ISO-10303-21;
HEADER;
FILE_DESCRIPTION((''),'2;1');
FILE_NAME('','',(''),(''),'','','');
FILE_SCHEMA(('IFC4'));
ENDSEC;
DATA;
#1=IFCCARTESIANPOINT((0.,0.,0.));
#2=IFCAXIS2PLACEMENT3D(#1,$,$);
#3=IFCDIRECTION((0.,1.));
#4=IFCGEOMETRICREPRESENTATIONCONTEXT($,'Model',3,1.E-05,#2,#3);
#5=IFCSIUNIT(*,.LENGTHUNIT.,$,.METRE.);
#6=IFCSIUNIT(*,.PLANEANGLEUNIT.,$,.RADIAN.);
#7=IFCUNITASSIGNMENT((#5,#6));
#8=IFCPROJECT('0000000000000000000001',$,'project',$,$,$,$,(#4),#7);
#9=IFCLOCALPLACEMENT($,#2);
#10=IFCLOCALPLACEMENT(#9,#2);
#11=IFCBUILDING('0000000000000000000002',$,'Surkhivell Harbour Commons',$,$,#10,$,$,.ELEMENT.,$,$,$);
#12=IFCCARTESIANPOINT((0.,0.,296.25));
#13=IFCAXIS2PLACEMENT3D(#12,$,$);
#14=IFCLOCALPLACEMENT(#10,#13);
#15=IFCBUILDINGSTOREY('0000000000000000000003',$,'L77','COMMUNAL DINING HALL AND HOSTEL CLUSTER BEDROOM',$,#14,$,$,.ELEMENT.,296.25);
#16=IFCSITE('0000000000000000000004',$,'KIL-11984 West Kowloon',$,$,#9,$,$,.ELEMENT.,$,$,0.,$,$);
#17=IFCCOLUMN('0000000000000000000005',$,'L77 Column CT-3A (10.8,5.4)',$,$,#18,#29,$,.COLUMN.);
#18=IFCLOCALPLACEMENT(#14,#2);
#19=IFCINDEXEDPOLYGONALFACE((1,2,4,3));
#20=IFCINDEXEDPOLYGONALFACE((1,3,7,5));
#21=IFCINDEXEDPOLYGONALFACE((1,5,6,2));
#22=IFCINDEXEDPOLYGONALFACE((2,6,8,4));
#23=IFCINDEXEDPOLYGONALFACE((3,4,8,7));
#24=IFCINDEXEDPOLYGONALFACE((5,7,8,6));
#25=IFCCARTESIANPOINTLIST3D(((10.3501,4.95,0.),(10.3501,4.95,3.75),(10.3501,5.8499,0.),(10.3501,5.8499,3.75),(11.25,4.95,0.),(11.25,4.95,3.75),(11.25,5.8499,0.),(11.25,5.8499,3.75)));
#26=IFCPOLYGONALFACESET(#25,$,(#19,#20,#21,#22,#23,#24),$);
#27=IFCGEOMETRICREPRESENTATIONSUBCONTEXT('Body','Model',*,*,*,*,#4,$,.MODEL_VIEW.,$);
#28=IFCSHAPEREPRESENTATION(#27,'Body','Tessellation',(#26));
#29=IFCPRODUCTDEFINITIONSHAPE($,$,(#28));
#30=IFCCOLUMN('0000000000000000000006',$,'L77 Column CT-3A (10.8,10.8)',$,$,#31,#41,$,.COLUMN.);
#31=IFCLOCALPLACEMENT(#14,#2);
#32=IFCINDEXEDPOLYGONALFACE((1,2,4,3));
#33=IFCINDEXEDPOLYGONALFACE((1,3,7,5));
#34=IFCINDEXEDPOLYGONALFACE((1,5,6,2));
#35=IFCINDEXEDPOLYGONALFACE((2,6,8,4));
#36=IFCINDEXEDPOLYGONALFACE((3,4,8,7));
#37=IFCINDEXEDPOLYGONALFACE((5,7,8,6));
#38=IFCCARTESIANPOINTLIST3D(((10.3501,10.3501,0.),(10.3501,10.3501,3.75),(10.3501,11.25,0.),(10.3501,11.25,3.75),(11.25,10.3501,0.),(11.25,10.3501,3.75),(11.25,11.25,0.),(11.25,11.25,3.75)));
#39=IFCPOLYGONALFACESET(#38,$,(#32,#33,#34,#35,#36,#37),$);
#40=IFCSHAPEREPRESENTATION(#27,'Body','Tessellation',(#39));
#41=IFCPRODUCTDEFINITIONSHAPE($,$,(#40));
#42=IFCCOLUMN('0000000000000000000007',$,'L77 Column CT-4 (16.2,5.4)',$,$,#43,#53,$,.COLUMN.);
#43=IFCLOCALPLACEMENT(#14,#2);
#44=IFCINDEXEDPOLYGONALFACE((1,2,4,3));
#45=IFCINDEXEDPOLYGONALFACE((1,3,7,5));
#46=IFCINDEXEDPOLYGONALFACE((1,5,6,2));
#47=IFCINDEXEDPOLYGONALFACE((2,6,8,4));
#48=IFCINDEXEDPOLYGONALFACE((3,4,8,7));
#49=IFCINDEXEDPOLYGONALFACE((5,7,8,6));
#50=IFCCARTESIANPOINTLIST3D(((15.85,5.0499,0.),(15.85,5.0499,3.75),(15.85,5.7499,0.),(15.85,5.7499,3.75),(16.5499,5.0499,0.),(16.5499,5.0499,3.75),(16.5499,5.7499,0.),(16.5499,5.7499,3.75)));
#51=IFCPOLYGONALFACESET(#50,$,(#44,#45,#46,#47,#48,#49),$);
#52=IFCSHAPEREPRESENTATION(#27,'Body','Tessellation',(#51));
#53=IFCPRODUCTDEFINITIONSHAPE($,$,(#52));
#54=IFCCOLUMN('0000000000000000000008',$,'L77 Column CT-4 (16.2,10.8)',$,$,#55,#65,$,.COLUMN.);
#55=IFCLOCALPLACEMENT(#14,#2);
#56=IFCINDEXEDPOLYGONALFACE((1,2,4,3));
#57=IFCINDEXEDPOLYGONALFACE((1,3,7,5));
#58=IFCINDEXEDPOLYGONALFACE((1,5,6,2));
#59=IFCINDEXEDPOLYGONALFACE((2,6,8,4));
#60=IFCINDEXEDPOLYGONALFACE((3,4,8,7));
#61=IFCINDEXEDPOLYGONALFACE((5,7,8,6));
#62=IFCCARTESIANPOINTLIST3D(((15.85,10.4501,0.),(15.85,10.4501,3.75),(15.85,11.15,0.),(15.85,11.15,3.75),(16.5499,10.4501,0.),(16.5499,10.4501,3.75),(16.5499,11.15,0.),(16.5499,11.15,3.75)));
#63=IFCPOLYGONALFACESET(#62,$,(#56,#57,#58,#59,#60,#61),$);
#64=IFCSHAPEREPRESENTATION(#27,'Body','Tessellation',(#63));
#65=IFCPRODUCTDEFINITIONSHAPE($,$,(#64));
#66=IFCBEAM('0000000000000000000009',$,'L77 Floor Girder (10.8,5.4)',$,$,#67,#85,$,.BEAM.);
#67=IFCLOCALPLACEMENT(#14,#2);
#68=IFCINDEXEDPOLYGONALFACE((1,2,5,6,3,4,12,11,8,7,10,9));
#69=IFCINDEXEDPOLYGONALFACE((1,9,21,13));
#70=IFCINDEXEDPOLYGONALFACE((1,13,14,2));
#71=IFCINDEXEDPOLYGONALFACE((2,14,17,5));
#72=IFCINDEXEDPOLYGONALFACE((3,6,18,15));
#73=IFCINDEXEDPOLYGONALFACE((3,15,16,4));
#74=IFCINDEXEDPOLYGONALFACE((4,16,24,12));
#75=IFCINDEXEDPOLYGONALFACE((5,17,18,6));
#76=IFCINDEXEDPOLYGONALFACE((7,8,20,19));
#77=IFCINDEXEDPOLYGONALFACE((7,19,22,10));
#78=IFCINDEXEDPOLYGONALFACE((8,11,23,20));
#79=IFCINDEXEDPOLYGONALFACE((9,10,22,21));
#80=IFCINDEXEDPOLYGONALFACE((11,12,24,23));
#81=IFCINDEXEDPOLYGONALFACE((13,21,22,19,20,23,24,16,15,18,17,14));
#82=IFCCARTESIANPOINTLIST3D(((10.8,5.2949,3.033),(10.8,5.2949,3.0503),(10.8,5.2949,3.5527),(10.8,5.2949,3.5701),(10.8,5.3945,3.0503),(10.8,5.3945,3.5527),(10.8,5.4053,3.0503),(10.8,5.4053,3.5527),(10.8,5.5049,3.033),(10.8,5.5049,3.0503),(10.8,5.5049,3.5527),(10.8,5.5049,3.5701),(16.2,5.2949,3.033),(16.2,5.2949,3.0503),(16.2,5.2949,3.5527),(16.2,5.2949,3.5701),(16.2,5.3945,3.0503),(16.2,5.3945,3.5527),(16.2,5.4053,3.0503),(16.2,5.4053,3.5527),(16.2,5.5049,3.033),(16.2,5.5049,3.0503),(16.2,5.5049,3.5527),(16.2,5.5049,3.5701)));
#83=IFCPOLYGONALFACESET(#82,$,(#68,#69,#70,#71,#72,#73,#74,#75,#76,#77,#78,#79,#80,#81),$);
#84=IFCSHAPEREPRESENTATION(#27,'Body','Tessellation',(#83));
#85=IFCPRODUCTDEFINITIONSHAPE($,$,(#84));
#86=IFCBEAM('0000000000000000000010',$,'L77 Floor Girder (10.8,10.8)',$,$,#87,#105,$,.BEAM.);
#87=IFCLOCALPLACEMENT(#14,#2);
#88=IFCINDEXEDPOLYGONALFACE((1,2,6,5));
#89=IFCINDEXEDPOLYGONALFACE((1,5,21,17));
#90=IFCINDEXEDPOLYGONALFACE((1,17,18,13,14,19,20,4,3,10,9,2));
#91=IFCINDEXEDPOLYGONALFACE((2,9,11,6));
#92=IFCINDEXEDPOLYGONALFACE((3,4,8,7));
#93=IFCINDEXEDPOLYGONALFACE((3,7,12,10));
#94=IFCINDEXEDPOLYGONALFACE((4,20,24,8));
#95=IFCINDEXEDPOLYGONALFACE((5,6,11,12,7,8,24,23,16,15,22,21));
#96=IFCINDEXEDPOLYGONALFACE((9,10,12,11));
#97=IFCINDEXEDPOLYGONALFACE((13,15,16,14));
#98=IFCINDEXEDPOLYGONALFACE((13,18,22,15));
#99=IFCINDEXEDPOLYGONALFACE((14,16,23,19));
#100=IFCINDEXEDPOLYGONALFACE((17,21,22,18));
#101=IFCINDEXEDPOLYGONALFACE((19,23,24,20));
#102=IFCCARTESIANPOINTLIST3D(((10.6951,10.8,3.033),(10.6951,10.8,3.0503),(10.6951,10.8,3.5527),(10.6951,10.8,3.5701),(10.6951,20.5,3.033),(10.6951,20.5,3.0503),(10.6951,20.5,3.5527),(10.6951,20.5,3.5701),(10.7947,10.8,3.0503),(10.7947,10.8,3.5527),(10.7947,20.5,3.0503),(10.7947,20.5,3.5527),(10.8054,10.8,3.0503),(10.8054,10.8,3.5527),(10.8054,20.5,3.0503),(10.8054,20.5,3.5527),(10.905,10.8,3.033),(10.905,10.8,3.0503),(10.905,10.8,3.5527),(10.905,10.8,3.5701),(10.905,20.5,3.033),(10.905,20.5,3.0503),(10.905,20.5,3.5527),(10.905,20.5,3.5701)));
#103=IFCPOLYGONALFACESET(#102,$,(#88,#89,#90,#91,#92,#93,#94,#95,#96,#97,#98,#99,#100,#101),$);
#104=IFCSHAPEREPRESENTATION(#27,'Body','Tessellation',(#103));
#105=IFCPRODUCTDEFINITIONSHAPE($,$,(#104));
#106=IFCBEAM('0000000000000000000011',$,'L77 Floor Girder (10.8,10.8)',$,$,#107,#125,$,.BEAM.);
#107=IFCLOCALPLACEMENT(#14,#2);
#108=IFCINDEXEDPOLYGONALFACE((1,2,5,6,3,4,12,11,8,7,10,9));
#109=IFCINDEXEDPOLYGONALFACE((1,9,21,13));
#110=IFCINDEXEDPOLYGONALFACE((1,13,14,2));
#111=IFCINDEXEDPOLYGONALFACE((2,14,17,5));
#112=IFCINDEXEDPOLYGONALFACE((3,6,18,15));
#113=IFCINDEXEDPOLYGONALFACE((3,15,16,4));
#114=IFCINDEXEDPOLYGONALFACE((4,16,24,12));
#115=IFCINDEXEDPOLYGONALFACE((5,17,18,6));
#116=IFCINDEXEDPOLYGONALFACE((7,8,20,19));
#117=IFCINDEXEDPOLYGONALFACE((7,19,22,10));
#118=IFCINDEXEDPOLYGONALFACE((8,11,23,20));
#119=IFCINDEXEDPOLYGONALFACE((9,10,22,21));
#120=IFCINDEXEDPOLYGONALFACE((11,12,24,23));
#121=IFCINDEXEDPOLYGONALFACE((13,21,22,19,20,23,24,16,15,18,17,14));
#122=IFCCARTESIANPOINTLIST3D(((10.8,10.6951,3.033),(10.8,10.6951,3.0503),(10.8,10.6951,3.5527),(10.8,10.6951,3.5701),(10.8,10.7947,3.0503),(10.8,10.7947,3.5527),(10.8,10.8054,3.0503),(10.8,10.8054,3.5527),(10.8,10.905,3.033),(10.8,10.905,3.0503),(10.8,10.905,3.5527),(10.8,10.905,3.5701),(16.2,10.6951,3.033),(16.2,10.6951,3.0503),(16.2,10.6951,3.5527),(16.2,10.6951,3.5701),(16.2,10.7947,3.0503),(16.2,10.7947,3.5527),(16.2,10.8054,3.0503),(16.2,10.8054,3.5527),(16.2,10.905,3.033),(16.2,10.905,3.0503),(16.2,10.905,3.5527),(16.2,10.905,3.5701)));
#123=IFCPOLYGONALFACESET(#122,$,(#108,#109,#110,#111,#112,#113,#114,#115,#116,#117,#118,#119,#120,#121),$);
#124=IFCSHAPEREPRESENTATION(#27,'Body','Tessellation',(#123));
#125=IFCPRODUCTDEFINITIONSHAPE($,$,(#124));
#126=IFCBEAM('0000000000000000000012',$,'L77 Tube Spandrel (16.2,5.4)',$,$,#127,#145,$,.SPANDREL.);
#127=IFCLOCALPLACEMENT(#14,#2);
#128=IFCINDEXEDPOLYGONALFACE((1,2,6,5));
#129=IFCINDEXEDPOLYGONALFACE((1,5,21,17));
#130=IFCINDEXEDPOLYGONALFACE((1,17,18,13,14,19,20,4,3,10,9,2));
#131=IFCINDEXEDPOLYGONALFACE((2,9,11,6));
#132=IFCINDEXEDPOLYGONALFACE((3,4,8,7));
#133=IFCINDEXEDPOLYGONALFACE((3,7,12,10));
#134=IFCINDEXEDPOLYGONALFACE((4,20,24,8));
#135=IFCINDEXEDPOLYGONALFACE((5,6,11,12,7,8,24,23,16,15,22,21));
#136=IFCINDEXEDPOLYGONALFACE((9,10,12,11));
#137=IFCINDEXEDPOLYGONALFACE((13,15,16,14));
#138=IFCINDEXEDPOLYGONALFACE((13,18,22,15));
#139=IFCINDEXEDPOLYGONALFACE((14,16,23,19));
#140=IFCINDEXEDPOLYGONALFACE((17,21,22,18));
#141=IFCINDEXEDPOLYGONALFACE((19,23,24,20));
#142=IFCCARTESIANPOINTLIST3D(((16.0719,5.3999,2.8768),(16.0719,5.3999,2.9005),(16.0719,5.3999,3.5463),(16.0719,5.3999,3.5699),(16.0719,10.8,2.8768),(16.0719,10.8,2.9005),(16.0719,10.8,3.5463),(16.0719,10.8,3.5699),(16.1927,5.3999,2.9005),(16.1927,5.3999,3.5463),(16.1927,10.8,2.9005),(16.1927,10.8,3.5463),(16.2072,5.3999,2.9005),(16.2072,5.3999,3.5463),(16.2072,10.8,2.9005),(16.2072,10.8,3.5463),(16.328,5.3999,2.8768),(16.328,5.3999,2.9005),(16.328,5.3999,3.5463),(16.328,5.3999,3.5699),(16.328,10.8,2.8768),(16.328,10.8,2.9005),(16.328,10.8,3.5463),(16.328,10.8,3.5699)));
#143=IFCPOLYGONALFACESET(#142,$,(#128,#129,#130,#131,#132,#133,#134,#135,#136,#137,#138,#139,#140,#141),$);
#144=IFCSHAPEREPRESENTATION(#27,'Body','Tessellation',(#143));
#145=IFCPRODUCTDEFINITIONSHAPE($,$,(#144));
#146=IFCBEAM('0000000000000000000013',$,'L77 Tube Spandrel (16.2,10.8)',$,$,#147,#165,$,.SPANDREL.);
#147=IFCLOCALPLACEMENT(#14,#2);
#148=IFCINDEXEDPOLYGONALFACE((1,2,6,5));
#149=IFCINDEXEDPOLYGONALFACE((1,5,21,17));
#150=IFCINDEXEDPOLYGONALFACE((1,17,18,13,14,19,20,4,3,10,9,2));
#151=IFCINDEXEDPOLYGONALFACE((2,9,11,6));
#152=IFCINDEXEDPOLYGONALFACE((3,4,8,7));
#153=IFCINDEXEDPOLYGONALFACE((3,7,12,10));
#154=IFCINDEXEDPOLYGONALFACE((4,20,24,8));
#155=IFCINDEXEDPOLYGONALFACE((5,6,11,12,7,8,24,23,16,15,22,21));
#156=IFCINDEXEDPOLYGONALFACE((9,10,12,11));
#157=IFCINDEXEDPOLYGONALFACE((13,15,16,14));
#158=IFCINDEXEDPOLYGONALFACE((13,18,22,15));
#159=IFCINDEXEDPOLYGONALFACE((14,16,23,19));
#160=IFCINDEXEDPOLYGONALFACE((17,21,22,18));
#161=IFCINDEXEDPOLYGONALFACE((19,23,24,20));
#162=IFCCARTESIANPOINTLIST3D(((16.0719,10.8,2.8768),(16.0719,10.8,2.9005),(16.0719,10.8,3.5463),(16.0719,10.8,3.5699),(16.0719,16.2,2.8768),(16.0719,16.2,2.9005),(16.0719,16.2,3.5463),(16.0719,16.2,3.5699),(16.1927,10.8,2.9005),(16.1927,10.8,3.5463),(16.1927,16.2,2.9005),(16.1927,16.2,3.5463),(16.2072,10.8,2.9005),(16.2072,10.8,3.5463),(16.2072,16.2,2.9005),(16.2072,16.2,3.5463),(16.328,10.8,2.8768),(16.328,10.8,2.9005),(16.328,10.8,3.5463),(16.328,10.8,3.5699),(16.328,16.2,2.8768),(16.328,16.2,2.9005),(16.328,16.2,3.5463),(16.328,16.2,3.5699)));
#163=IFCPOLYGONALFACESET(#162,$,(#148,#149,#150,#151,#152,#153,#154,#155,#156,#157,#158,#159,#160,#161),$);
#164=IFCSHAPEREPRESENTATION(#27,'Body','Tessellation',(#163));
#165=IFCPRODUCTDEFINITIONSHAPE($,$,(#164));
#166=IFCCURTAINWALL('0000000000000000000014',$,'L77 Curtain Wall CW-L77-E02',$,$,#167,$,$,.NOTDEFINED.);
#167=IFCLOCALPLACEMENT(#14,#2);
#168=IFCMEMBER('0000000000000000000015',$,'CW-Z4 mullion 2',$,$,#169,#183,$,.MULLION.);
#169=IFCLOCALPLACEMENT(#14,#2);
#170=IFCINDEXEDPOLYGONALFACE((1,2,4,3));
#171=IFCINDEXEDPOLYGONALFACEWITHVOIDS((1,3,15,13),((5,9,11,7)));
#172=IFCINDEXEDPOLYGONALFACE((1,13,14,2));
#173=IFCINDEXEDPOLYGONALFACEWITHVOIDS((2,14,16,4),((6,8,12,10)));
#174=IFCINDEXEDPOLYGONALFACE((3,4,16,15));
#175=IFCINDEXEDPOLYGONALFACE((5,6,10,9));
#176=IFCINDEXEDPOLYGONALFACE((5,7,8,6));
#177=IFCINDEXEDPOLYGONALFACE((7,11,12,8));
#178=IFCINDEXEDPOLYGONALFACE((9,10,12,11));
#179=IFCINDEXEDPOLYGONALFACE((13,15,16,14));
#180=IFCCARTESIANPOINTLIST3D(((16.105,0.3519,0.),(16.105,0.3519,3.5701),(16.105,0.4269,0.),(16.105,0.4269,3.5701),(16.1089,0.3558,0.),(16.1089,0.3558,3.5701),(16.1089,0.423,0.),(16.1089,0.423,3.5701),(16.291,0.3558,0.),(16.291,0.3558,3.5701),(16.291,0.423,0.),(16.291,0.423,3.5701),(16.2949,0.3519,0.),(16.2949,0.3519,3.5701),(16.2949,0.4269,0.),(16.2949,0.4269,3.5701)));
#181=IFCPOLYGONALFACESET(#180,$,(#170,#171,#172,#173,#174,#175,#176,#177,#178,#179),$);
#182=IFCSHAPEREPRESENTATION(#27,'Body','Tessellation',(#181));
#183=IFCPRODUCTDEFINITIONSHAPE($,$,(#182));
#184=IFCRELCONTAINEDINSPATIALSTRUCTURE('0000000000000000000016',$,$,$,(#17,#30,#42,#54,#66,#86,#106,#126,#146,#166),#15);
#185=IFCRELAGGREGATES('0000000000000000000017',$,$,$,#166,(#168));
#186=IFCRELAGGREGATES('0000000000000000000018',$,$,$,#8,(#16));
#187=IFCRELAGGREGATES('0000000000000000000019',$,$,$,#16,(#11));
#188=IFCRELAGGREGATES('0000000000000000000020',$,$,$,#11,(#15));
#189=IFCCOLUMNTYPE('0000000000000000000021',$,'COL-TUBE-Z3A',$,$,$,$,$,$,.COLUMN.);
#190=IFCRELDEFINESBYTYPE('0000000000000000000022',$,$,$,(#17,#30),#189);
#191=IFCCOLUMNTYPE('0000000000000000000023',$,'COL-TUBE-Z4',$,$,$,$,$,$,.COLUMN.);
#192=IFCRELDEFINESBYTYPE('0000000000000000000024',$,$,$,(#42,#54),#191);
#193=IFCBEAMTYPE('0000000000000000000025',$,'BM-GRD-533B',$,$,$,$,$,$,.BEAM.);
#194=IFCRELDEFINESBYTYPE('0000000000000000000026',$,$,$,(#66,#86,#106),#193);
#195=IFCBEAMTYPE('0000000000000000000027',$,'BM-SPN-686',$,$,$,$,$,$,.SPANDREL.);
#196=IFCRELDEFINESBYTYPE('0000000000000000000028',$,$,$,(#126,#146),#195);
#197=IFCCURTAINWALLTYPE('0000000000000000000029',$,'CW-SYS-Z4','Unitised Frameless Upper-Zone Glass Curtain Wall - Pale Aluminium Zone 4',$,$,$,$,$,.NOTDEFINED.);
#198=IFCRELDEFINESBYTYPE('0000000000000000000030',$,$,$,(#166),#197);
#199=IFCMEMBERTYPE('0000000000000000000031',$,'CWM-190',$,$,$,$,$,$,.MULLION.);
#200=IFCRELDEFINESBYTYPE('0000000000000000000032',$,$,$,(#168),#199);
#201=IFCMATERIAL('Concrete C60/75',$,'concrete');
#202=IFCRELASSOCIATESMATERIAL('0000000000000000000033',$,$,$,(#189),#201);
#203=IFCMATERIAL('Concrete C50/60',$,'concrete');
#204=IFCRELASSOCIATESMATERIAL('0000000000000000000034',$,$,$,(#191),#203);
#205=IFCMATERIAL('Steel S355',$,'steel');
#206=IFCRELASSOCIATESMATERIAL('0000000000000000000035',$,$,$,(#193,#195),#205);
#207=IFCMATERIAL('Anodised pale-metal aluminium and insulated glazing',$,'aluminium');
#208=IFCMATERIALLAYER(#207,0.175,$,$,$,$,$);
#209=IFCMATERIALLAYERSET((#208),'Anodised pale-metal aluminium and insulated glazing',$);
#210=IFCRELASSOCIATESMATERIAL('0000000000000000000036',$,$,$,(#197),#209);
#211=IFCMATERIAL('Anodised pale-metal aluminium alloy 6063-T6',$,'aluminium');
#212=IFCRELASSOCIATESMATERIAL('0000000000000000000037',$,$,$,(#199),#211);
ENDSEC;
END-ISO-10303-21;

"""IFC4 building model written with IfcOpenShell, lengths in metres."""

from ifc_helpers import new_model, si_unit, direction, frame, origin, origin_2d, place, context, subcontext, project, spatial, rectangle, hollow_rectangle, i_section, extrude, material, layer, layer_set, material_profile, profile_set, type_object, element, aggregate, save


model = new_model("IFC4")

# Units and contexts
model_context = context("Model", 3, precision=1e-05, world=origin(), true_north=direction((0.0, 1.0)))
body_context = subcontext(model_context, "Body", "Model", "MODEL_VIEW")
ifc_project = project(units=[si_unit("LENGTHUNIT", "METRE"), si_unit("PLANEANGLEUNIT", "RADIAN")], contexts=[model_context])

# Site, building, storey
site_placement = place(None, origin())
site = spatial("IfcSite", under=ifc_project, at=site_placement, Name="KIL-11984 West Kowloon", CompositionType="ELEMENT", RefElevation=0.0)
building_placement = place(site_placement, origin())
building = spatial("IfcBuilding", under=site, at=building_placement, Name="Surkhivell Harbour Commons", CompositionType="ELEMENT")
storey_placement = place(building_placement, frame((0.0, 0.0, 296.25)))
storey = spatial("IfcBuildingStorey", under=building, at=storey_placement, Name="L77", Description="COMMUNAL DINING HALL AND HOSTEL CLUSTER BEDROOM", CompositionType="ELEMENT", Elevation=296.25)

# Columns
ifc_material_1 = material(Name="Concrete C60/75", Category="concrete")
ifc_material_profile_1 = material_profile(ifc_material_1, rectangle(XDim=0.8999, YDim=0.8999, at=origin_2d()), Name="RC-COL-900x900")
ifc_profile_set_1 = profile_set([ifc_material_profile_1], Name="Concrete C60/75")
column_type_1 = type_object("IfcColumnType", Name="COL-TUBE-Z3A", PredefinedType="COLUMN", material=ifc_profile_set_1)
for number, where, z_axis, x_axis, name in (
    (1, (10.8, 5.3999, 0.0), (0.0, 0.0, 1.0), (1.0, 0.0, 0.0), "L77 Column CT-3A (10.8,5.4)"),
    (2, (10.8, 10.8, 0.0), (0.0, 0.0, 1.0), (1.0, 0.0, 0.0), "L77 Column CT-3A (10.8,10.8)"),
):
    element("IfcColumn", number, at=place(storey_placement, frame(where, z_axis=z_axis, x_axis=x_axis)), inside=storey, type_object=column_type_1, Name=name, PredefinedType="COLUMN", context=body_context, shape_type="SweptSolid", body=[
        extrude(rectangle(XDim=0.8999, YDim=0.8999, at=origin_2d()), origin(), (0.0, 0.0, 1.0), 3.75),
    ])
ifc_material_2 = material(Name="Concrete C50/60", Category="concrete")
ifc_material_profile_2 = material_profile(ifc_material_2, rectangle(XDim=0.7, YDim=0.7, at=origin_2d()), Name="RC-COL-700x700")
ifc_profile_set_2 = profile_set([ifc_material_profile_2], Name="Concrete C50/60")
column_type_2 = type_object("IfcColumnType", Name="COL-TUBE-Z4", PredefinedType="COLUMN", material=ifc_profile_set_2)
for number, where, z_axis, x_axis, name in (
    (3, (16.2, 5.3999, 0.0), (0.0, 0.0, 1.0), (1.0, 0.0, 0.0), "L77 Column CT-4 (16.2,5.4)"),
    (4, (16.2, 10.8, 0.0), (0.0, 0.0, 1.0), (1.0, 0.0, 0.0), "L77 Column CT-4 (16.2,10.8)"),
):
    element("IfcColumn", number, at=place(storey_placement, frame(where, z_axis=z_axis, x_axis=x_axis)), inside=storey, type_object=column_type_2, Name=name, PredefinedType="COLUMN", context=body_context, shape_type="SweptSolid", body=[
        extrude(rectangle(XDim=0.7, YDim=0.7, at=origin_2d()), origin(), (0.0, 0.0, 1.0), 3.75),
    ])

# Beams
ifc_material_3 = material(Name="Steel S355", Category="steel")
ifc_material_profile_3 = material_profile(ifc_material_3, i_section(OverallWidth=0.21, OverallDepth=0.5371, WebThickness=0.0107, FlangeThickness=0.0173, at=origin_2d()), Name="UB533x210x101")
ifc_profile_set_3 = profile_set([ifc_material_profile_3], Name="Steel S355")
beam_type_1 = type_object("IfcBeamType", Name="BM-GRD-533B", PredefinedType="BEAM", material=ifc_profile_set_3)
beam_1_placement = place(storey_placement, frame((10.8, 5.3999, 3.3015), z_axis=(1.0, 0.0, 0.0), x_axis=(0.0, 1.0, 0.0)))
element("IfcBeam", 5, at=beam_1_placement, inside=storey, type_object=beam_type_1, Name="L77 Floor Girder (10.8,5.4)", PredefinedType="BEAM", context=body_context, shape_type="SweptSolid", body=[
    extrude(i_section(OverallWidth=0.21, OverallDepth=0.5371, WebThickness=0.0107, FlangeThickness=0.0173, at=origin_2d()), origin(), (0.0, 0.0, 1.0), 5.3999),
])
beam_2_placement = place(storey_placement, frame((10.8, 10.8, 3.3015), z_axis=(0.0, 1.0, 0.0), x_axis=(-1.0, 0.0, 0.0)))
element("IfcBeam", 6, at=beam_2_placement, inside=storey, type_object=beam_type_1, Name="L77 Floor Girder (10.8,10.8)", PredefinedType="BEAM", context=body_context, shape_type="SweptSolid", body=[
    extrude(i_section(OverallWidth=0.21, OverallDepth=0.5371, WebThickness=0.0107, FlangeThickness=0.0173, at=origin_2d()), origin(), (0.0, 0.0, 1.0), 9.7),
])
beam_3_placement = place(storey_placement, frame((10.8, 10.8, 3.3015), z_axis=(1.0, 0.0, 0.0), x_axis=(0.0, 1.0, 0.0)))
element("IfcBeam", 7, at=beam_3_placement, inside=storey, type_object=beam_type_1, Name="L77 Floor Girder (10.8,10.8)", PredefinedType="BEAM", context=body_context, shape_type="SweptSolid", body=[
    extrude(i_section(OverallWidth=0.21, OverallDepth=0.5371, WebThickness=0.0107, FlangeThickness=0.0173, at=origin_2d()), origin(), (0.0, 0.0, 1.0), 5.3999),
])
ifc_material_profile_4 = material_profile(ifc_material_3, i_section(OverallWidth=0.2561, OverallDepth=0.6931, WebThickness=0.0144, FlangeThickness=0.0237, at=origin_2d()), Name="UB686x254x170")
ifc_profile_set_4 = profile_set([ifc_material_profile_4], Name="Steel S355")
beam_type_2 = type_object("IfcBeamType", Name="BM-SPN-686", PredefinedType="SPANDREL", material=ifc_profile_set_4)
beam_4_placement = place(storey_placement, frame((16.2, 5.3999, 3.2234), z_axis=(0.0, 1.0, 0.0), x_axis=(-1.0, 0.0, 0.0)))
element("IfcBeam", 8, at=beam_4_placement, inside=storey, type_object=beam_type_2, Name="L77 Tube Spandrel (16.2,5.4)", PredefinedType="SPANDREL", context=body_context, shape_type="SweptSolid", body=[
    extrude(i_section(OverallWidth=0.2561, OverallDepth=0.6931, WebThickness=0.0144, FlangeThickness=0.0237, at=origin_2d()), origin(), (0.0, 0.0, 1.0), 5.4001),
])
beam_5_placement = place(storey_placement, frame((16.2, 10.8, 3.2234), z_axis=(0.0, 1.0, 0.0), x_axis=(-1.0, 0.0, 0.0)))
element("IfcBeam", 9, at=beam_5_placement, inside=storey, type_object=beam_type_2, Name="L77 Tube Spandrel (16.2,10.8)", PredefinedType="SPANDREL", context=body_context, shape_type="SweptSolid", body=[
    extrude(i_section(OverallWidth=0.2561, OverallDepth=0.6931, WebThickness=0.0144, FlangeThickness=0.0237, at=origin_2d()), origin(), (0.0, 0.0, 1.0), 5.3999),
])

# Curtain wall, member
ifc_material_4 = material(Name="Anodised pale-metal aluminium and insulated glazing", Category="aluminium")
ifc_layer_1 = layer(ifc_material_4, 0.175)
ifc_layer_set_1 = layer_set([ifc_layer_1], Name="Anodised pale-metal aluminium and insulated glazing")
curtain_wall_type = type_object("IfcCurtainWallType", Name="CW-SYS-Z4", Description="Unitised Frameless Upper-Zone Glass Curtain Wall - Pale Aluminium Zone 4", PredefinedType="NOTDEFINED", material=ifc_layer_set_1)
curtain_wall_placement = place(storey_placement, origin())
curtain_wall = element("IfcCurtainWall", 10, at=curtain_wall_placement, inside=storey, type_object=curtain_wall_type, Name="L77 Curtain Wall CW-L77-E02", PredefinedType="NOTDEFINED")
ifc_material_5 = material(Name="Anodised pale-metal aluminium alloy 6063-T6", Category="aluminium")
ifc_material_profile_5 = material_profile(ifc_material_5, hollow_rectangle(XDim=0.075, YDim=0.1899, WallThickness=0.0039, at=origin_2d()), Name="ALU-MULL-75x190")
ifc_profile_set_5 = profile_set([ifc_material_profile_5], Name="Anodised pale-metal aluminium alloy 6063-T6")
member_type_1 = type_object("IfcMemberType", Name="CWM-190", PredefinedType="MULLION", material=ifc_profile_set_5)
member_1_placement = place(storey_placement, frame((16.2, 0.3894, 0.0), z_axis=(0.0, 0.0, 1.0), x_axis=(0.0, 1.0, 0.0)))
member_1 = element("IfcMember", 11, at=member_1_placement, type_object=member_type_1, Name="CW-Z4 mullion 2", PredefinedType="MULLION", context=body_context, shape_type="SweptSolid", body=[
    extrude(hollow_rectangle(XDim=0.075, YDim=0.1899, WallThickness=0.0039, at=origin_2d()), origin(), (0.0, 0.0, 1.0), 3.5701),
])
aggregate(curtain_wall, [member_1])

save(model, "model.ifc")
